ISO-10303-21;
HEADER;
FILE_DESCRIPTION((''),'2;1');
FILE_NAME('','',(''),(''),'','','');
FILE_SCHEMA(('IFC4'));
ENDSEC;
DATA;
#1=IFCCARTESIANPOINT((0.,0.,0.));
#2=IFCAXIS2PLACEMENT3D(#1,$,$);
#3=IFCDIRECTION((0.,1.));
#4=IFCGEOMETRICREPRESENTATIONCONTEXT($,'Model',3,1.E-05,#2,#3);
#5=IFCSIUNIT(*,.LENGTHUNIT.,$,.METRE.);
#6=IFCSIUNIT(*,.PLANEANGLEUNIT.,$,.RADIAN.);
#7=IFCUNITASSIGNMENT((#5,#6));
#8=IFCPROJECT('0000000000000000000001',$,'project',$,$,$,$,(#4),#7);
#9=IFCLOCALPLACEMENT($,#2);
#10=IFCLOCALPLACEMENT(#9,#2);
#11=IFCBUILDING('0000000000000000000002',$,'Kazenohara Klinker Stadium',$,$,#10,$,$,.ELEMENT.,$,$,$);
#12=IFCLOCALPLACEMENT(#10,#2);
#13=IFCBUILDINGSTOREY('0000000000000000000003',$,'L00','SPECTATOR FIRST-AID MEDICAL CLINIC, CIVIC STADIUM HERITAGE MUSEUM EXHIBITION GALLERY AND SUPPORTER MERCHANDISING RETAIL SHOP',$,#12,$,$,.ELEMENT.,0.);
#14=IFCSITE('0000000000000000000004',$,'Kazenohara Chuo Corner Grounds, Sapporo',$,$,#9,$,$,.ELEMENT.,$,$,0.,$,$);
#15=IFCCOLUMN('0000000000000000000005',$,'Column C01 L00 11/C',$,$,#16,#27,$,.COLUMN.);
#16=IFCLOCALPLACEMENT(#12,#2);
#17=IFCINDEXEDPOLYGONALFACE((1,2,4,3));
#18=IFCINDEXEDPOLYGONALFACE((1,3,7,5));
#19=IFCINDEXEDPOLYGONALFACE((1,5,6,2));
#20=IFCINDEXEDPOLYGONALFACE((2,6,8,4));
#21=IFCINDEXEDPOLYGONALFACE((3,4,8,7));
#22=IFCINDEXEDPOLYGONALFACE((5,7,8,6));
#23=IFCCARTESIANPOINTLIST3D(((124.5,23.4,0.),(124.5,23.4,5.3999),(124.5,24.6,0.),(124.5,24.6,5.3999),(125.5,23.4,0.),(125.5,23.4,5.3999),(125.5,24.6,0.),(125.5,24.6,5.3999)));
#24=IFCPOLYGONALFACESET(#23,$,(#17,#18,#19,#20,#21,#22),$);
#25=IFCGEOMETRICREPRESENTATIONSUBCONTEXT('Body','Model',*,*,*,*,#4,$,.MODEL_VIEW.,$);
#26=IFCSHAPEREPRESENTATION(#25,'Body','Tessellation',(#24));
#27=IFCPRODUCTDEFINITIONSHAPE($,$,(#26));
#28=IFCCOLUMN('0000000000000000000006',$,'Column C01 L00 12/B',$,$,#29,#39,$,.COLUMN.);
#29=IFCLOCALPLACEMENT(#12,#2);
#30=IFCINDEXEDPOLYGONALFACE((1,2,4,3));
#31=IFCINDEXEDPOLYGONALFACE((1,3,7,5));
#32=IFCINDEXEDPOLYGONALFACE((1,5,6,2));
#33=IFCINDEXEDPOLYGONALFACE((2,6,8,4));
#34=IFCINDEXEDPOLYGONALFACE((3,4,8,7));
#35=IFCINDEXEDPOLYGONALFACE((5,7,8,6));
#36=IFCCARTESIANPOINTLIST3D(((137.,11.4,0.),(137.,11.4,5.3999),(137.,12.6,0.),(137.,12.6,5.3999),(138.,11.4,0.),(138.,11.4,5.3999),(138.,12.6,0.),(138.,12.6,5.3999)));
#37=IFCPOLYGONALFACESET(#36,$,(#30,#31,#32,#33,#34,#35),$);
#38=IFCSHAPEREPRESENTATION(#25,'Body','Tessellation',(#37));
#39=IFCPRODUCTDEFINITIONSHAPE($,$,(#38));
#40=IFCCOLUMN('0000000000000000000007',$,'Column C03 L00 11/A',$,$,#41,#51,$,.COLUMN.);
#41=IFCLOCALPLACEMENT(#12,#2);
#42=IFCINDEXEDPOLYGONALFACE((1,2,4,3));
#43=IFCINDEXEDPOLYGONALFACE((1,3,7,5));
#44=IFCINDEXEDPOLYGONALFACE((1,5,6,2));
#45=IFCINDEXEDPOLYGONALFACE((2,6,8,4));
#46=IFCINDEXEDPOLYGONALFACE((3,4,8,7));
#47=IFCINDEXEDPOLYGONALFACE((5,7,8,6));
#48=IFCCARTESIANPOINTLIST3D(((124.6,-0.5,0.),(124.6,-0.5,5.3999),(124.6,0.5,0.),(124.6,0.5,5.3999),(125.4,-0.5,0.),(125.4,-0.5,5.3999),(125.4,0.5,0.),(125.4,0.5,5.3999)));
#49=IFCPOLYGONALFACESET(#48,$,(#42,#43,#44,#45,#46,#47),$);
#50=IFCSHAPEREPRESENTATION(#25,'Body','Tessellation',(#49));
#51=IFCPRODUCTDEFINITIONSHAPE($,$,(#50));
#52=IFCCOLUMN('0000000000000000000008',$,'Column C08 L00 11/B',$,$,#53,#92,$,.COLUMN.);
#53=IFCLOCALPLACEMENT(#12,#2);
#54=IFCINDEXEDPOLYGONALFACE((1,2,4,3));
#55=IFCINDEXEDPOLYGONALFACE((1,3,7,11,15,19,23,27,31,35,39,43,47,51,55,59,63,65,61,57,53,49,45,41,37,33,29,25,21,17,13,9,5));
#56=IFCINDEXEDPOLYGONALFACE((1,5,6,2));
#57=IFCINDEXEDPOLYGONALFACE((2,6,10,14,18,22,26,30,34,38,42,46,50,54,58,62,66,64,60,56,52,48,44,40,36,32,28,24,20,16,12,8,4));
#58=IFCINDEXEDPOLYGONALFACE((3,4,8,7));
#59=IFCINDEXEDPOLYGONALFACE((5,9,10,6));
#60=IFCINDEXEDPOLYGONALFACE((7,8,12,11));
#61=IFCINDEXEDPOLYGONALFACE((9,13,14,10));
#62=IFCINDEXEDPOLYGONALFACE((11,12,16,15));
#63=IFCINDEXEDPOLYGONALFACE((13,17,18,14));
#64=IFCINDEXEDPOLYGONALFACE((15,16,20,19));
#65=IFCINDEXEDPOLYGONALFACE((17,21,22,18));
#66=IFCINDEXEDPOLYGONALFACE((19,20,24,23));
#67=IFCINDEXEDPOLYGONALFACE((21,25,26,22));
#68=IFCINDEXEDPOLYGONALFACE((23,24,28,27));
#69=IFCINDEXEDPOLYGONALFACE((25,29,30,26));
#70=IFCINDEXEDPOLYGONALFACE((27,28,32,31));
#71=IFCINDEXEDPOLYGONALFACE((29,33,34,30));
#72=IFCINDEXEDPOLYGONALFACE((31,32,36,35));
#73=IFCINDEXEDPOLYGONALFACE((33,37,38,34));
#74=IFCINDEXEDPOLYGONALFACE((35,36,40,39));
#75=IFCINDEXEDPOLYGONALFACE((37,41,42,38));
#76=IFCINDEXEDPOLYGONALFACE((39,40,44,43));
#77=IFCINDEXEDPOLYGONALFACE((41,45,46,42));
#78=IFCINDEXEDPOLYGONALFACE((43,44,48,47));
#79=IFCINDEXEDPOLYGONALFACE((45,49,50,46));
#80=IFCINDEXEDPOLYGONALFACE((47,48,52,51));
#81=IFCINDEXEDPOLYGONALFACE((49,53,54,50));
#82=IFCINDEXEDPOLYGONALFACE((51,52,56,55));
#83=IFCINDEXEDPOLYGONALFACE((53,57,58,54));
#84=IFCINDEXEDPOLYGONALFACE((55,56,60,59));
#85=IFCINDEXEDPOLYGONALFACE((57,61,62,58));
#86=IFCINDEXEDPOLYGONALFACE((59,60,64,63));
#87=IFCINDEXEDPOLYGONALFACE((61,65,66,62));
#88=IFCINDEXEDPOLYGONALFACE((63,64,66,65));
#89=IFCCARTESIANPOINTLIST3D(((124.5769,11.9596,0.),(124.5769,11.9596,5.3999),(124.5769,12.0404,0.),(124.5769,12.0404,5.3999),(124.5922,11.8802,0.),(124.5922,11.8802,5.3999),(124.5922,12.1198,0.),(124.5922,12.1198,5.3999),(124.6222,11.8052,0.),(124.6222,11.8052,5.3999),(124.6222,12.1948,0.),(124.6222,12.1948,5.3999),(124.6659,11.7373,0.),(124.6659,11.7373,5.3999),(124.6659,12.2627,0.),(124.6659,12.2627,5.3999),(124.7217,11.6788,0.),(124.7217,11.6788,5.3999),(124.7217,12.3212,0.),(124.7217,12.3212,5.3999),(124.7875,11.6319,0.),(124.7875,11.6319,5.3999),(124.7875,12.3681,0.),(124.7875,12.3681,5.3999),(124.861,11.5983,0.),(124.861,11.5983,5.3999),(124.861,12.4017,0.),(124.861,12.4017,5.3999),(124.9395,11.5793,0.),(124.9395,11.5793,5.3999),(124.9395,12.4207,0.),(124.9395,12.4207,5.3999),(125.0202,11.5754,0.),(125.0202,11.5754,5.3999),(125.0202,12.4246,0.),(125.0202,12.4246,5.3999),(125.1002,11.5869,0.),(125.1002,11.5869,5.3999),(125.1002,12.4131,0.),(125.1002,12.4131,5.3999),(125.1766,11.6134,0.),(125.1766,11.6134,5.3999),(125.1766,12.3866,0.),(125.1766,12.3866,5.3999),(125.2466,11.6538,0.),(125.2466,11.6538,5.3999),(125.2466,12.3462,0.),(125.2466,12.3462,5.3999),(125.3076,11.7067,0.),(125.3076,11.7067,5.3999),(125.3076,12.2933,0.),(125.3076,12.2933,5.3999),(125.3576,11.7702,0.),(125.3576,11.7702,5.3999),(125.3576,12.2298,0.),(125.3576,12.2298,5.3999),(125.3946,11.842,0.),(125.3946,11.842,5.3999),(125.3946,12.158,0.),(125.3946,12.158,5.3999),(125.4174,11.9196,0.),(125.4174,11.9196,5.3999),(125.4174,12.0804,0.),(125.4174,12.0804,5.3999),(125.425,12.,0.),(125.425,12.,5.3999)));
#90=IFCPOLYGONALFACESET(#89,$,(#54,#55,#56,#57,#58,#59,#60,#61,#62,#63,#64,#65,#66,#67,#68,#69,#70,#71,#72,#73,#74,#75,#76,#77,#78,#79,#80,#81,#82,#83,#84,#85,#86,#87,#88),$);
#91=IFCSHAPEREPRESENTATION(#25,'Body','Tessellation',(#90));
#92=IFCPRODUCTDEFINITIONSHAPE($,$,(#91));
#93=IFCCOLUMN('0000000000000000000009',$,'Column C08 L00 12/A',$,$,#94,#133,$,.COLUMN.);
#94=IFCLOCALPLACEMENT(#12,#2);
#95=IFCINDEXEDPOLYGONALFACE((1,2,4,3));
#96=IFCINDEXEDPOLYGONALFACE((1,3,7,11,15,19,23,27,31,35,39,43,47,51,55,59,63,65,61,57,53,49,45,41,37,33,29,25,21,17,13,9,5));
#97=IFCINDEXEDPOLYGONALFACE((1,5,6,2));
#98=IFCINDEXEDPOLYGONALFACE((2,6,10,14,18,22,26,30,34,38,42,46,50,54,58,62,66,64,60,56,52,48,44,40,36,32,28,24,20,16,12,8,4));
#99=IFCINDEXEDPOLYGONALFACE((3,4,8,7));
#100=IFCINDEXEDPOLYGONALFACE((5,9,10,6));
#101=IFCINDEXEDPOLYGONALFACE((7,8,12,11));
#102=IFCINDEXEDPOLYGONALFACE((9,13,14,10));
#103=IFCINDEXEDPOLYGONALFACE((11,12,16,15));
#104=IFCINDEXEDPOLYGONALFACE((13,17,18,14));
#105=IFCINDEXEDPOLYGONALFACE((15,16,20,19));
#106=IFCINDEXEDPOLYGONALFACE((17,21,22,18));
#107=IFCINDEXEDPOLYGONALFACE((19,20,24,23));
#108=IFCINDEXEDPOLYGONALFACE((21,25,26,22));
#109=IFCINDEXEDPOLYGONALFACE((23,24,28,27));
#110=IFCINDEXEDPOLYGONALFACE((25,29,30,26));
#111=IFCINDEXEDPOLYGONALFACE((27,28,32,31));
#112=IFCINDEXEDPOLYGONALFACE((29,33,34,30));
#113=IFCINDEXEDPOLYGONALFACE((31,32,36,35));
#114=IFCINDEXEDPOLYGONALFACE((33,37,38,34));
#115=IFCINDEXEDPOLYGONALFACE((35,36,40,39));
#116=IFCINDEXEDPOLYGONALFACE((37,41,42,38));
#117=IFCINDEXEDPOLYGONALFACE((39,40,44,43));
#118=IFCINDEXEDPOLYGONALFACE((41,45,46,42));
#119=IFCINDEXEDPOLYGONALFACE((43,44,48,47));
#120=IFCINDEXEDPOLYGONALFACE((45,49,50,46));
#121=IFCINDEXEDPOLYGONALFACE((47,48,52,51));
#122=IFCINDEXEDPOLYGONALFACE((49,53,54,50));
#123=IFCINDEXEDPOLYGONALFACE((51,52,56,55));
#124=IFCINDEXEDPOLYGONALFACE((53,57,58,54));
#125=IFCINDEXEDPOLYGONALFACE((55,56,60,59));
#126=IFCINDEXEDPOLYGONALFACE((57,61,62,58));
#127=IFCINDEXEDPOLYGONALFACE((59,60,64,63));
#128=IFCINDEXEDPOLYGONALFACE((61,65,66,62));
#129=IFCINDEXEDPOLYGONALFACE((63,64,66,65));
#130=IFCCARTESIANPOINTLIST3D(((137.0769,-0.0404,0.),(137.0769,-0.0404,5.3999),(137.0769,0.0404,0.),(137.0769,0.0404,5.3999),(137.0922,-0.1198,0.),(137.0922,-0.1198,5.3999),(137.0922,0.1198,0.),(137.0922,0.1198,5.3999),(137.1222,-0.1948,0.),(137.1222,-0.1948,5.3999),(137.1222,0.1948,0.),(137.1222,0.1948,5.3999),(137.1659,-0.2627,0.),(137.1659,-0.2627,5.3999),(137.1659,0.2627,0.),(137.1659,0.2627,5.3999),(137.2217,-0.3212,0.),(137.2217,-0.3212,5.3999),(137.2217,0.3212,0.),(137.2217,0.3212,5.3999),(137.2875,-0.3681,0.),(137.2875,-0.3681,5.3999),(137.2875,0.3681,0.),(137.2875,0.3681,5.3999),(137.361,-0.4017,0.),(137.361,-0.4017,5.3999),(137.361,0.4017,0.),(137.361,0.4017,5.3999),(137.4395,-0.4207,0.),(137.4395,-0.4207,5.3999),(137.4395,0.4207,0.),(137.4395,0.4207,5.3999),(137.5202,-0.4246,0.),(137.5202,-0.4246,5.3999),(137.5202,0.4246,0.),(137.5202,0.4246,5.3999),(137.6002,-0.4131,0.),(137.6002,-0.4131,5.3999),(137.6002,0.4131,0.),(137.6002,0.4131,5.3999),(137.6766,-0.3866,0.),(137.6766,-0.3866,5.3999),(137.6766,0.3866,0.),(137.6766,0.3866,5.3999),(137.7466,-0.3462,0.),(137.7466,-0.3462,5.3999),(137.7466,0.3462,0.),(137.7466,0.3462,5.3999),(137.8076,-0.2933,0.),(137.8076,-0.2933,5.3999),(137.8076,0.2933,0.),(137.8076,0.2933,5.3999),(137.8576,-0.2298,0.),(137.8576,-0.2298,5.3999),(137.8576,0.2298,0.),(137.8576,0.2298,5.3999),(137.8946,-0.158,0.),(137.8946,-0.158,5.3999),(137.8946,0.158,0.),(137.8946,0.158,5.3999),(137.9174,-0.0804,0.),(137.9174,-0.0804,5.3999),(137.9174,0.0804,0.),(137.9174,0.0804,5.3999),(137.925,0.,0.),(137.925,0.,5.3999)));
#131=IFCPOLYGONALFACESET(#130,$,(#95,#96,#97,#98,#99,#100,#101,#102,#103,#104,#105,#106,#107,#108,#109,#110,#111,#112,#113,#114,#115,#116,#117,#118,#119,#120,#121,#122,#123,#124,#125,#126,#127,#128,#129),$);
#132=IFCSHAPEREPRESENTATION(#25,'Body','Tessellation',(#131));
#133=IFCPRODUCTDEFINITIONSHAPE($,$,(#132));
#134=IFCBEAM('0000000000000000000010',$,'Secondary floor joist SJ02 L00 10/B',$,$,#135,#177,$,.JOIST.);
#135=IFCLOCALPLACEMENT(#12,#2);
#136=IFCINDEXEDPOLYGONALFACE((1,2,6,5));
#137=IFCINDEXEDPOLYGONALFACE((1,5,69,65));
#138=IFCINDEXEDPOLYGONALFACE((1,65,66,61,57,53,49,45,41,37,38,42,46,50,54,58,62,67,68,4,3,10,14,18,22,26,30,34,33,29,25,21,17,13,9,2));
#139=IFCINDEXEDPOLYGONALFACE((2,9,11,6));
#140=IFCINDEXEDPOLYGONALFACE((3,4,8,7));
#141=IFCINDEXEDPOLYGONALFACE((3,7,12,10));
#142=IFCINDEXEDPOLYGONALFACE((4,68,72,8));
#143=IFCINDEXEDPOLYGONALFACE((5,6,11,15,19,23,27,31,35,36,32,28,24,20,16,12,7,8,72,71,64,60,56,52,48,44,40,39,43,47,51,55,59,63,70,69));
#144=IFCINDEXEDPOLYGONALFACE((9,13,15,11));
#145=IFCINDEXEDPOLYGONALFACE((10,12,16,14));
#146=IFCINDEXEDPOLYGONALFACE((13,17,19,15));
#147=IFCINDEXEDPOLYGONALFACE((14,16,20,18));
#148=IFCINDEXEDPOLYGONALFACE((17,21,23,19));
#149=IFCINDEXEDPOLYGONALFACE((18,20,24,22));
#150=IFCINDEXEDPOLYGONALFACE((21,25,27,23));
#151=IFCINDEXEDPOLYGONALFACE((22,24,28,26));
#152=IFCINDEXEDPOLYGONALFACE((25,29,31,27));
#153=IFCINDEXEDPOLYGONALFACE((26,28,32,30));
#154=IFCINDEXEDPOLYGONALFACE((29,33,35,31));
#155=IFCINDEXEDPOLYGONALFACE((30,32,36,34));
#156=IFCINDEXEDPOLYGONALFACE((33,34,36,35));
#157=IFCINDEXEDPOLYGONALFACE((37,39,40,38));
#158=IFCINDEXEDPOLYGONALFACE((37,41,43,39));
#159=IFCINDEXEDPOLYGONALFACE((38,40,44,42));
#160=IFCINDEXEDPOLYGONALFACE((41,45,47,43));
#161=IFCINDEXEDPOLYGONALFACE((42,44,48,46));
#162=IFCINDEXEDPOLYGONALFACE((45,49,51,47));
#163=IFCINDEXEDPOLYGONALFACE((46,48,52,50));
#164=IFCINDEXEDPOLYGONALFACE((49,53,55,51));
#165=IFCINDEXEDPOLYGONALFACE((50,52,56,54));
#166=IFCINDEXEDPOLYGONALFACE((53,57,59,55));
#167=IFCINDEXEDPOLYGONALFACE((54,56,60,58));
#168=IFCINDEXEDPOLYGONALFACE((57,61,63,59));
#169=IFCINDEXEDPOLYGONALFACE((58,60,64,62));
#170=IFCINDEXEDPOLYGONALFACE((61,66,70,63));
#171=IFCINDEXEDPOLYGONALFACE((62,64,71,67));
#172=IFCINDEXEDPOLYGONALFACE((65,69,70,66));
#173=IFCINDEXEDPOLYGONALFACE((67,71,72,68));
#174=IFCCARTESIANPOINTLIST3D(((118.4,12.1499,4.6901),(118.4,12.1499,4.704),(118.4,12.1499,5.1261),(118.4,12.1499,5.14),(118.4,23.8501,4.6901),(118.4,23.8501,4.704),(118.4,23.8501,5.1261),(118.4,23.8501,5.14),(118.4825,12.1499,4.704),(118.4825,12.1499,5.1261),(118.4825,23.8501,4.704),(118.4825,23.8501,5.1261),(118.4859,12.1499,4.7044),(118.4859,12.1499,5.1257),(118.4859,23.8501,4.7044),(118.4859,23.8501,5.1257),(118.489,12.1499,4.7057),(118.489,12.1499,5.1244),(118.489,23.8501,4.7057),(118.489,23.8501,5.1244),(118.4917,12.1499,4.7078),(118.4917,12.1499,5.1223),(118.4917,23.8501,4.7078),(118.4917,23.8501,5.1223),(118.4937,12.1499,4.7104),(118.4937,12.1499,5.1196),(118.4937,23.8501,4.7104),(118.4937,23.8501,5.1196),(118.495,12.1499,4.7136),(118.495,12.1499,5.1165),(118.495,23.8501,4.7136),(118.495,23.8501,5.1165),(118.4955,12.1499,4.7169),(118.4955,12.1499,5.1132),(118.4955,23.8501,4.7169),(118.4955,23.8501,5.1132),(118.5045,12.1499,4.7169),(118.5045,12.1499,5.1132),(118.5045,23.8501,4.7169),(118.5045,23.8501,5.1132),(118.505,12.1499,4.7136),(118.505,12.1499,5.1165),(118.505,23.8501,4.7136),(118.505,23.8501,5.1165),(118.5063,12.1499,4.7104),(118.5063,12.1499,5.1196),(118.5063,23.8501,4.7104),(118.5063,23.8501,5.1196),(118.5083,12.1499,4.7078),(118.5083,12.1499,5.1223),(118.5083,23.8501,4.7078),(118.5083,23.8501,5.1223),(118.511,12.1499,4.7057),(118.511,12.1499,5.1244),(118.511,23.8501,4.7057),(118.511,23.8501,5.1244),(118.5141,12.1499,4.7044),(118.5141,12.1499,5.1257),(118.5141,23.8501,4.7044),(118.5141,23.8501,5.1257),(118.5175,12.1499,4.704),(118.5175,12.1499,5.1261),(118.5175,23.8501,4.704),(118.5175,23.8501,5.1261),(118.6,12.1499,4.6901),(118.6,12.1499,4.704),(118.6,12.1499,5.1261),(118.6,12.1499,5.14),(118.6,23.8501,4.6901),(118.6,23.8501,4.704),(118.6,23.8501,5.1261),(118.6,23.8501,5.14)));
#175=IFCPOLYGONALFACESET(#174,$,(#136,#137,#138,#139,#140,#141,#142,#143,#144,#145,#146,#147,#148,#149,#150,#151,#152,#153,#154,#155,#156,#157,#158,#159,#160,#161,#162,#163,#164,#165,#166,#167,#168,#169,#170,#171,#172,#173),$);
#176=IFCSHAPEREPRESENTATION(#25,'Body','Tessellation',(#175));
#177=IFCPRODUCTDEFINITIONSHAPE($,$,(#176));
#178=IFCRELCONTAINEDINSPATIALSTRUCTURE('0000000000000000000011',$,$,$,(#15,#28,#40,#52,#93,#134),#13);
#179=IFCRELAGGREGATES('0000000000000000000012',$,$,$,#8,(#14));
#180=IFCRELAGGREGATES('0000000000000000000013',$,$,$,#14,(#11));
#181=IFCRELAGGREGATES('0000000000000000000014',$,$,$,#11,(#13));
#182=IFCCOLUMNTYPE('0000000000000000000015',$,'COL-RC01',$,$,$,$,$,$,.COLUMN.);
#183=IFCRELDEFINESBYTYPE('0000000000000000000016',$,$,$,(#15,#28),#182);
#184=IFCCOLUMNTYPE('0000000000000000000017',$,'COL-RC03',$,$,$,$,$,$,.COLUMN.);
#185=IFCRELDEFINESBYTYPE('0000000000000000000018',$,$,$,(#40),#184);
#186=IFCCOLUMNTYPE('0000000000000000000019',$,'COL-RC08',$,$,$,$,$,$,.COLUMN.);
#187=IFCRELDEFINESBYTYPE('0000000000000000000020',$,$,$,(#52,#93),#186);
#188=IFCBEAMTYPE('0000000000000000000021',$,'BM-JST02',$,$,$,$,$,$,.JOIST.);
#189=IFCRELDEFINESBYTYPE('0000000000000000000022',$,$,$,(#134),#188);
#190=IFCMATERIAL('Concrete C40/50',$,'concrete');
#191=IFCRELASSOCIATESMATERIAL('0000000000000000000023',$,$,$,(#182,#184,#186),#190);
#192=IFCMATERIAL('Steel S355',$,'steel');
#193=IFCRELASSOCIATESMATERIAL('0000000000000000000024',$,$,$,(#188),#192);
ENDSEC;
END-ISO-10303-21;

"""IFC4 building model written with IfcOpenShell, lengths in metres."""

from ifc_helpers import new_model, si_unit, direction, frame, origin, origin_2d, place, context, subcontext, project, spatial, rectangle, circle, i_section, extrude, material, material_profile, profile_set, type_object, element, save


model = new_model("IFC4")

# Units and contexts
model_context = context("Model", 3, precision=1e-05, world=origin(), true_north=direction((0.0, 1.0)))
body_context = subcontext(model_context, "Body", "Model", "MODEL_VIEW")
ifc_project = project(units=[si_unit("LENGTHUNIT", "METRE"), si_unit("PLANEANGLEUNIT", "RADIAN")], contexts=[model_context])

# Site, building, storey
site_placement = place(None, origin())
site = spatial("IfcSite", under=ifc_project, at=site_placement, Name="Kazenohara Chuo Corner Grounds, Sapporo", CompositionType="ELEMENT", RefElevation=0.0)
building_placement = place(site_placement, origin())
building = spatial("IfcBuilding", under=site, at=building_placement, Name="Kazenohara Klinker Stadium", CompositionType="ELEMENT")
storey_placement = place(building_placement, origin())
storey = spatial("IfcBuildingStorey", under=building, at=storey_placement, Name="L00", Description="SPECTATOR FIRST-AID MEDICAL CLINIC, CIVIC STADIUM HERITAGE MUSEUM EXHIBITION GALLERY AND SUPPORTER MERCHANDISING RETAIL SHOP", CompositionType="ELEMENT", Elevation=0.0)

# Columns
ifc_material_1 = material(Name="Concrete C40/50", Category="concrete")
ifc_material_profile_1 = material_profile(ifc_material_1, rectangle(XDim=1.0, YDim=1.2, at=origin_2d()), Name="RC-COL-1200x1000")
ifc_profile_set_1 = profile_set([ifc_material_profile_1], Name="Concrete C40/50")
column_type_1 = type_object("IfcColumnType", Name="COL-RC01", PredefinedType="COLUMN", material=ifc_profile_set_1)
for number, where, z_axis, x_axis, name in (
    (1, (125.0, 24.0, 0.0), (0.0, 0.0, 1.0), (1.0, 0.0, 0.0), "Column C01 L00 11/C"),
    (2, (137.5, 12.0, 0.0), (0.0, 0.0, 1.0), (1.0, 0.0, 0.0), "Column C01 L00 12/B"),
):
    element("IfcColumn", number, at=place(storey_placement, frame(where, z_axis=z_axis, x_axis=x_axis)), inside=storey, type_object=column_type_1, Name=name, PredefinedType="COLUMN", context=body_context, shape_type="SweptSolid", body=[
        extrude(rectangle(XDim=1.0, YDim=1.2, at=origin_2d()), origin(), (0.0, 0.0, 1.0), 5.3999),
    ])
ifc_material_profile_2 = material_profile(ifc_material_1, rectangle(XDim=0.8, YDim=1.0, at=origin_2d()), Name="RC-COL-1000x800")
ifc_profile_set_2 = profile_set([ifc_material_profile_2], Name="Concrete C40/50")
column_type_2 = type_object("IfcColumnType", Name="COL-RC03", PredefinedType="COLUMN", material=ifc_profile_set_2)
column_placement = place(storey_placement, frame((125.0, 0.0, 0.0), z_axis=(0.0, 0.0, 1.0), x_axis=(1.0, 0.0, 0.0)))
element("IfcColumn", 3, at=column_placement, inside=storey, type_object=column_type_2, Name="Column C03 L00 11/A", PredefinedType="COLUMN", context=body_context, shape_type="SweptSolid", body=[
    extrude(rectangle(XDim=0.8, YDim=1.0, at=origin_2d()), origin(), (0.0, 0.0, 1.0), 5.3999),
])
ifc_material_profile_3 = material_profile(ifc_material_1, circle(Radius=0.425, at=origin_2d()), Name="RC-COL-D850")
ifc_profile_set_3 = profile_set([ifc_material_profile_3], Name="Concrete C40/50")
column_type_3 = type_object("IfcColumnType", Name="COL-RC08", PredefinedType="COLUMN", material=ifc_profile_set_3)
for number, where, z_axis, x_axis, name in (
    (4, (125.0, 12.0, 0.0), (0.0, 0.0, 1.0), (1.0, 0.0, 0.0), "Column C08 L00 11/B"),
    (5, (137.5, 0.0, 0.0), (0.0, 0.0, 1.0), (1.0, 0.0, 0.0), "Column C08 L00 12/A"),
):
    element("IfcColumn", number, at=place(storey_placement, frame(where, z_axis=z_axis, x_axis=x_axis)), inside=storey, type_object=column_type_3, Name=name, PredefinedType="COLUMN", context=body_context, shape_type="SweptSolid", body=[
        extrude(circle(Radius=0.425, at=origin_2d()), origin(), (0.0, 0.0, 1.0), 5.3999),
    ])

# Beam
ifc_material_2 = material(Name="Steel S355", Category="steel")
ifc_material_profile_4 = material_profile(ifc_material_2, i_section(OverallWidth=0.2, OverallDepth=0.45, WebThickness=0.009, FlangeThickness=0.0139, FilletRadius=0.0129, at=origin_2d()), Name="H-450x200x9x14")
ifc_profile_set_4 = profile_set([ifc_material_profile_4], Name="Steel S355")
beam_type_1 = type_object("IfcBeamType", Name="BM-JST02", PredefinedType="JOIST", material=ifc_profile_set_4)
for number, where, z_axis, x_axis, name in (
    (6, (118.5, 12.1499, 4.915), (0.0, 1.0, 0.0), (-1.0, 0.0, 0.0), "Secondary floor joist SJ02 L00 10/B"),
):
    element("IfcBeam", number, at=place(storey_placement, frame(where, z_axis=z_axis, x_axis=x_axis)), inside=storey, type_object=beam_type_1, Name=name, PredefinedType="JOIST", context=body_context, shape_type="SweptSolid", body=[
        extrude(i_section(OverallWidth=0.2, OverallDepth=0.45, WebThickness=0.009, FlangeThickness=0.0139, FilletRadius=0.0129, at=origin_2d()), origin(), (0.0, 0.0, 1.0), 11.7002),
    ])

save(model, "model.ifc")
